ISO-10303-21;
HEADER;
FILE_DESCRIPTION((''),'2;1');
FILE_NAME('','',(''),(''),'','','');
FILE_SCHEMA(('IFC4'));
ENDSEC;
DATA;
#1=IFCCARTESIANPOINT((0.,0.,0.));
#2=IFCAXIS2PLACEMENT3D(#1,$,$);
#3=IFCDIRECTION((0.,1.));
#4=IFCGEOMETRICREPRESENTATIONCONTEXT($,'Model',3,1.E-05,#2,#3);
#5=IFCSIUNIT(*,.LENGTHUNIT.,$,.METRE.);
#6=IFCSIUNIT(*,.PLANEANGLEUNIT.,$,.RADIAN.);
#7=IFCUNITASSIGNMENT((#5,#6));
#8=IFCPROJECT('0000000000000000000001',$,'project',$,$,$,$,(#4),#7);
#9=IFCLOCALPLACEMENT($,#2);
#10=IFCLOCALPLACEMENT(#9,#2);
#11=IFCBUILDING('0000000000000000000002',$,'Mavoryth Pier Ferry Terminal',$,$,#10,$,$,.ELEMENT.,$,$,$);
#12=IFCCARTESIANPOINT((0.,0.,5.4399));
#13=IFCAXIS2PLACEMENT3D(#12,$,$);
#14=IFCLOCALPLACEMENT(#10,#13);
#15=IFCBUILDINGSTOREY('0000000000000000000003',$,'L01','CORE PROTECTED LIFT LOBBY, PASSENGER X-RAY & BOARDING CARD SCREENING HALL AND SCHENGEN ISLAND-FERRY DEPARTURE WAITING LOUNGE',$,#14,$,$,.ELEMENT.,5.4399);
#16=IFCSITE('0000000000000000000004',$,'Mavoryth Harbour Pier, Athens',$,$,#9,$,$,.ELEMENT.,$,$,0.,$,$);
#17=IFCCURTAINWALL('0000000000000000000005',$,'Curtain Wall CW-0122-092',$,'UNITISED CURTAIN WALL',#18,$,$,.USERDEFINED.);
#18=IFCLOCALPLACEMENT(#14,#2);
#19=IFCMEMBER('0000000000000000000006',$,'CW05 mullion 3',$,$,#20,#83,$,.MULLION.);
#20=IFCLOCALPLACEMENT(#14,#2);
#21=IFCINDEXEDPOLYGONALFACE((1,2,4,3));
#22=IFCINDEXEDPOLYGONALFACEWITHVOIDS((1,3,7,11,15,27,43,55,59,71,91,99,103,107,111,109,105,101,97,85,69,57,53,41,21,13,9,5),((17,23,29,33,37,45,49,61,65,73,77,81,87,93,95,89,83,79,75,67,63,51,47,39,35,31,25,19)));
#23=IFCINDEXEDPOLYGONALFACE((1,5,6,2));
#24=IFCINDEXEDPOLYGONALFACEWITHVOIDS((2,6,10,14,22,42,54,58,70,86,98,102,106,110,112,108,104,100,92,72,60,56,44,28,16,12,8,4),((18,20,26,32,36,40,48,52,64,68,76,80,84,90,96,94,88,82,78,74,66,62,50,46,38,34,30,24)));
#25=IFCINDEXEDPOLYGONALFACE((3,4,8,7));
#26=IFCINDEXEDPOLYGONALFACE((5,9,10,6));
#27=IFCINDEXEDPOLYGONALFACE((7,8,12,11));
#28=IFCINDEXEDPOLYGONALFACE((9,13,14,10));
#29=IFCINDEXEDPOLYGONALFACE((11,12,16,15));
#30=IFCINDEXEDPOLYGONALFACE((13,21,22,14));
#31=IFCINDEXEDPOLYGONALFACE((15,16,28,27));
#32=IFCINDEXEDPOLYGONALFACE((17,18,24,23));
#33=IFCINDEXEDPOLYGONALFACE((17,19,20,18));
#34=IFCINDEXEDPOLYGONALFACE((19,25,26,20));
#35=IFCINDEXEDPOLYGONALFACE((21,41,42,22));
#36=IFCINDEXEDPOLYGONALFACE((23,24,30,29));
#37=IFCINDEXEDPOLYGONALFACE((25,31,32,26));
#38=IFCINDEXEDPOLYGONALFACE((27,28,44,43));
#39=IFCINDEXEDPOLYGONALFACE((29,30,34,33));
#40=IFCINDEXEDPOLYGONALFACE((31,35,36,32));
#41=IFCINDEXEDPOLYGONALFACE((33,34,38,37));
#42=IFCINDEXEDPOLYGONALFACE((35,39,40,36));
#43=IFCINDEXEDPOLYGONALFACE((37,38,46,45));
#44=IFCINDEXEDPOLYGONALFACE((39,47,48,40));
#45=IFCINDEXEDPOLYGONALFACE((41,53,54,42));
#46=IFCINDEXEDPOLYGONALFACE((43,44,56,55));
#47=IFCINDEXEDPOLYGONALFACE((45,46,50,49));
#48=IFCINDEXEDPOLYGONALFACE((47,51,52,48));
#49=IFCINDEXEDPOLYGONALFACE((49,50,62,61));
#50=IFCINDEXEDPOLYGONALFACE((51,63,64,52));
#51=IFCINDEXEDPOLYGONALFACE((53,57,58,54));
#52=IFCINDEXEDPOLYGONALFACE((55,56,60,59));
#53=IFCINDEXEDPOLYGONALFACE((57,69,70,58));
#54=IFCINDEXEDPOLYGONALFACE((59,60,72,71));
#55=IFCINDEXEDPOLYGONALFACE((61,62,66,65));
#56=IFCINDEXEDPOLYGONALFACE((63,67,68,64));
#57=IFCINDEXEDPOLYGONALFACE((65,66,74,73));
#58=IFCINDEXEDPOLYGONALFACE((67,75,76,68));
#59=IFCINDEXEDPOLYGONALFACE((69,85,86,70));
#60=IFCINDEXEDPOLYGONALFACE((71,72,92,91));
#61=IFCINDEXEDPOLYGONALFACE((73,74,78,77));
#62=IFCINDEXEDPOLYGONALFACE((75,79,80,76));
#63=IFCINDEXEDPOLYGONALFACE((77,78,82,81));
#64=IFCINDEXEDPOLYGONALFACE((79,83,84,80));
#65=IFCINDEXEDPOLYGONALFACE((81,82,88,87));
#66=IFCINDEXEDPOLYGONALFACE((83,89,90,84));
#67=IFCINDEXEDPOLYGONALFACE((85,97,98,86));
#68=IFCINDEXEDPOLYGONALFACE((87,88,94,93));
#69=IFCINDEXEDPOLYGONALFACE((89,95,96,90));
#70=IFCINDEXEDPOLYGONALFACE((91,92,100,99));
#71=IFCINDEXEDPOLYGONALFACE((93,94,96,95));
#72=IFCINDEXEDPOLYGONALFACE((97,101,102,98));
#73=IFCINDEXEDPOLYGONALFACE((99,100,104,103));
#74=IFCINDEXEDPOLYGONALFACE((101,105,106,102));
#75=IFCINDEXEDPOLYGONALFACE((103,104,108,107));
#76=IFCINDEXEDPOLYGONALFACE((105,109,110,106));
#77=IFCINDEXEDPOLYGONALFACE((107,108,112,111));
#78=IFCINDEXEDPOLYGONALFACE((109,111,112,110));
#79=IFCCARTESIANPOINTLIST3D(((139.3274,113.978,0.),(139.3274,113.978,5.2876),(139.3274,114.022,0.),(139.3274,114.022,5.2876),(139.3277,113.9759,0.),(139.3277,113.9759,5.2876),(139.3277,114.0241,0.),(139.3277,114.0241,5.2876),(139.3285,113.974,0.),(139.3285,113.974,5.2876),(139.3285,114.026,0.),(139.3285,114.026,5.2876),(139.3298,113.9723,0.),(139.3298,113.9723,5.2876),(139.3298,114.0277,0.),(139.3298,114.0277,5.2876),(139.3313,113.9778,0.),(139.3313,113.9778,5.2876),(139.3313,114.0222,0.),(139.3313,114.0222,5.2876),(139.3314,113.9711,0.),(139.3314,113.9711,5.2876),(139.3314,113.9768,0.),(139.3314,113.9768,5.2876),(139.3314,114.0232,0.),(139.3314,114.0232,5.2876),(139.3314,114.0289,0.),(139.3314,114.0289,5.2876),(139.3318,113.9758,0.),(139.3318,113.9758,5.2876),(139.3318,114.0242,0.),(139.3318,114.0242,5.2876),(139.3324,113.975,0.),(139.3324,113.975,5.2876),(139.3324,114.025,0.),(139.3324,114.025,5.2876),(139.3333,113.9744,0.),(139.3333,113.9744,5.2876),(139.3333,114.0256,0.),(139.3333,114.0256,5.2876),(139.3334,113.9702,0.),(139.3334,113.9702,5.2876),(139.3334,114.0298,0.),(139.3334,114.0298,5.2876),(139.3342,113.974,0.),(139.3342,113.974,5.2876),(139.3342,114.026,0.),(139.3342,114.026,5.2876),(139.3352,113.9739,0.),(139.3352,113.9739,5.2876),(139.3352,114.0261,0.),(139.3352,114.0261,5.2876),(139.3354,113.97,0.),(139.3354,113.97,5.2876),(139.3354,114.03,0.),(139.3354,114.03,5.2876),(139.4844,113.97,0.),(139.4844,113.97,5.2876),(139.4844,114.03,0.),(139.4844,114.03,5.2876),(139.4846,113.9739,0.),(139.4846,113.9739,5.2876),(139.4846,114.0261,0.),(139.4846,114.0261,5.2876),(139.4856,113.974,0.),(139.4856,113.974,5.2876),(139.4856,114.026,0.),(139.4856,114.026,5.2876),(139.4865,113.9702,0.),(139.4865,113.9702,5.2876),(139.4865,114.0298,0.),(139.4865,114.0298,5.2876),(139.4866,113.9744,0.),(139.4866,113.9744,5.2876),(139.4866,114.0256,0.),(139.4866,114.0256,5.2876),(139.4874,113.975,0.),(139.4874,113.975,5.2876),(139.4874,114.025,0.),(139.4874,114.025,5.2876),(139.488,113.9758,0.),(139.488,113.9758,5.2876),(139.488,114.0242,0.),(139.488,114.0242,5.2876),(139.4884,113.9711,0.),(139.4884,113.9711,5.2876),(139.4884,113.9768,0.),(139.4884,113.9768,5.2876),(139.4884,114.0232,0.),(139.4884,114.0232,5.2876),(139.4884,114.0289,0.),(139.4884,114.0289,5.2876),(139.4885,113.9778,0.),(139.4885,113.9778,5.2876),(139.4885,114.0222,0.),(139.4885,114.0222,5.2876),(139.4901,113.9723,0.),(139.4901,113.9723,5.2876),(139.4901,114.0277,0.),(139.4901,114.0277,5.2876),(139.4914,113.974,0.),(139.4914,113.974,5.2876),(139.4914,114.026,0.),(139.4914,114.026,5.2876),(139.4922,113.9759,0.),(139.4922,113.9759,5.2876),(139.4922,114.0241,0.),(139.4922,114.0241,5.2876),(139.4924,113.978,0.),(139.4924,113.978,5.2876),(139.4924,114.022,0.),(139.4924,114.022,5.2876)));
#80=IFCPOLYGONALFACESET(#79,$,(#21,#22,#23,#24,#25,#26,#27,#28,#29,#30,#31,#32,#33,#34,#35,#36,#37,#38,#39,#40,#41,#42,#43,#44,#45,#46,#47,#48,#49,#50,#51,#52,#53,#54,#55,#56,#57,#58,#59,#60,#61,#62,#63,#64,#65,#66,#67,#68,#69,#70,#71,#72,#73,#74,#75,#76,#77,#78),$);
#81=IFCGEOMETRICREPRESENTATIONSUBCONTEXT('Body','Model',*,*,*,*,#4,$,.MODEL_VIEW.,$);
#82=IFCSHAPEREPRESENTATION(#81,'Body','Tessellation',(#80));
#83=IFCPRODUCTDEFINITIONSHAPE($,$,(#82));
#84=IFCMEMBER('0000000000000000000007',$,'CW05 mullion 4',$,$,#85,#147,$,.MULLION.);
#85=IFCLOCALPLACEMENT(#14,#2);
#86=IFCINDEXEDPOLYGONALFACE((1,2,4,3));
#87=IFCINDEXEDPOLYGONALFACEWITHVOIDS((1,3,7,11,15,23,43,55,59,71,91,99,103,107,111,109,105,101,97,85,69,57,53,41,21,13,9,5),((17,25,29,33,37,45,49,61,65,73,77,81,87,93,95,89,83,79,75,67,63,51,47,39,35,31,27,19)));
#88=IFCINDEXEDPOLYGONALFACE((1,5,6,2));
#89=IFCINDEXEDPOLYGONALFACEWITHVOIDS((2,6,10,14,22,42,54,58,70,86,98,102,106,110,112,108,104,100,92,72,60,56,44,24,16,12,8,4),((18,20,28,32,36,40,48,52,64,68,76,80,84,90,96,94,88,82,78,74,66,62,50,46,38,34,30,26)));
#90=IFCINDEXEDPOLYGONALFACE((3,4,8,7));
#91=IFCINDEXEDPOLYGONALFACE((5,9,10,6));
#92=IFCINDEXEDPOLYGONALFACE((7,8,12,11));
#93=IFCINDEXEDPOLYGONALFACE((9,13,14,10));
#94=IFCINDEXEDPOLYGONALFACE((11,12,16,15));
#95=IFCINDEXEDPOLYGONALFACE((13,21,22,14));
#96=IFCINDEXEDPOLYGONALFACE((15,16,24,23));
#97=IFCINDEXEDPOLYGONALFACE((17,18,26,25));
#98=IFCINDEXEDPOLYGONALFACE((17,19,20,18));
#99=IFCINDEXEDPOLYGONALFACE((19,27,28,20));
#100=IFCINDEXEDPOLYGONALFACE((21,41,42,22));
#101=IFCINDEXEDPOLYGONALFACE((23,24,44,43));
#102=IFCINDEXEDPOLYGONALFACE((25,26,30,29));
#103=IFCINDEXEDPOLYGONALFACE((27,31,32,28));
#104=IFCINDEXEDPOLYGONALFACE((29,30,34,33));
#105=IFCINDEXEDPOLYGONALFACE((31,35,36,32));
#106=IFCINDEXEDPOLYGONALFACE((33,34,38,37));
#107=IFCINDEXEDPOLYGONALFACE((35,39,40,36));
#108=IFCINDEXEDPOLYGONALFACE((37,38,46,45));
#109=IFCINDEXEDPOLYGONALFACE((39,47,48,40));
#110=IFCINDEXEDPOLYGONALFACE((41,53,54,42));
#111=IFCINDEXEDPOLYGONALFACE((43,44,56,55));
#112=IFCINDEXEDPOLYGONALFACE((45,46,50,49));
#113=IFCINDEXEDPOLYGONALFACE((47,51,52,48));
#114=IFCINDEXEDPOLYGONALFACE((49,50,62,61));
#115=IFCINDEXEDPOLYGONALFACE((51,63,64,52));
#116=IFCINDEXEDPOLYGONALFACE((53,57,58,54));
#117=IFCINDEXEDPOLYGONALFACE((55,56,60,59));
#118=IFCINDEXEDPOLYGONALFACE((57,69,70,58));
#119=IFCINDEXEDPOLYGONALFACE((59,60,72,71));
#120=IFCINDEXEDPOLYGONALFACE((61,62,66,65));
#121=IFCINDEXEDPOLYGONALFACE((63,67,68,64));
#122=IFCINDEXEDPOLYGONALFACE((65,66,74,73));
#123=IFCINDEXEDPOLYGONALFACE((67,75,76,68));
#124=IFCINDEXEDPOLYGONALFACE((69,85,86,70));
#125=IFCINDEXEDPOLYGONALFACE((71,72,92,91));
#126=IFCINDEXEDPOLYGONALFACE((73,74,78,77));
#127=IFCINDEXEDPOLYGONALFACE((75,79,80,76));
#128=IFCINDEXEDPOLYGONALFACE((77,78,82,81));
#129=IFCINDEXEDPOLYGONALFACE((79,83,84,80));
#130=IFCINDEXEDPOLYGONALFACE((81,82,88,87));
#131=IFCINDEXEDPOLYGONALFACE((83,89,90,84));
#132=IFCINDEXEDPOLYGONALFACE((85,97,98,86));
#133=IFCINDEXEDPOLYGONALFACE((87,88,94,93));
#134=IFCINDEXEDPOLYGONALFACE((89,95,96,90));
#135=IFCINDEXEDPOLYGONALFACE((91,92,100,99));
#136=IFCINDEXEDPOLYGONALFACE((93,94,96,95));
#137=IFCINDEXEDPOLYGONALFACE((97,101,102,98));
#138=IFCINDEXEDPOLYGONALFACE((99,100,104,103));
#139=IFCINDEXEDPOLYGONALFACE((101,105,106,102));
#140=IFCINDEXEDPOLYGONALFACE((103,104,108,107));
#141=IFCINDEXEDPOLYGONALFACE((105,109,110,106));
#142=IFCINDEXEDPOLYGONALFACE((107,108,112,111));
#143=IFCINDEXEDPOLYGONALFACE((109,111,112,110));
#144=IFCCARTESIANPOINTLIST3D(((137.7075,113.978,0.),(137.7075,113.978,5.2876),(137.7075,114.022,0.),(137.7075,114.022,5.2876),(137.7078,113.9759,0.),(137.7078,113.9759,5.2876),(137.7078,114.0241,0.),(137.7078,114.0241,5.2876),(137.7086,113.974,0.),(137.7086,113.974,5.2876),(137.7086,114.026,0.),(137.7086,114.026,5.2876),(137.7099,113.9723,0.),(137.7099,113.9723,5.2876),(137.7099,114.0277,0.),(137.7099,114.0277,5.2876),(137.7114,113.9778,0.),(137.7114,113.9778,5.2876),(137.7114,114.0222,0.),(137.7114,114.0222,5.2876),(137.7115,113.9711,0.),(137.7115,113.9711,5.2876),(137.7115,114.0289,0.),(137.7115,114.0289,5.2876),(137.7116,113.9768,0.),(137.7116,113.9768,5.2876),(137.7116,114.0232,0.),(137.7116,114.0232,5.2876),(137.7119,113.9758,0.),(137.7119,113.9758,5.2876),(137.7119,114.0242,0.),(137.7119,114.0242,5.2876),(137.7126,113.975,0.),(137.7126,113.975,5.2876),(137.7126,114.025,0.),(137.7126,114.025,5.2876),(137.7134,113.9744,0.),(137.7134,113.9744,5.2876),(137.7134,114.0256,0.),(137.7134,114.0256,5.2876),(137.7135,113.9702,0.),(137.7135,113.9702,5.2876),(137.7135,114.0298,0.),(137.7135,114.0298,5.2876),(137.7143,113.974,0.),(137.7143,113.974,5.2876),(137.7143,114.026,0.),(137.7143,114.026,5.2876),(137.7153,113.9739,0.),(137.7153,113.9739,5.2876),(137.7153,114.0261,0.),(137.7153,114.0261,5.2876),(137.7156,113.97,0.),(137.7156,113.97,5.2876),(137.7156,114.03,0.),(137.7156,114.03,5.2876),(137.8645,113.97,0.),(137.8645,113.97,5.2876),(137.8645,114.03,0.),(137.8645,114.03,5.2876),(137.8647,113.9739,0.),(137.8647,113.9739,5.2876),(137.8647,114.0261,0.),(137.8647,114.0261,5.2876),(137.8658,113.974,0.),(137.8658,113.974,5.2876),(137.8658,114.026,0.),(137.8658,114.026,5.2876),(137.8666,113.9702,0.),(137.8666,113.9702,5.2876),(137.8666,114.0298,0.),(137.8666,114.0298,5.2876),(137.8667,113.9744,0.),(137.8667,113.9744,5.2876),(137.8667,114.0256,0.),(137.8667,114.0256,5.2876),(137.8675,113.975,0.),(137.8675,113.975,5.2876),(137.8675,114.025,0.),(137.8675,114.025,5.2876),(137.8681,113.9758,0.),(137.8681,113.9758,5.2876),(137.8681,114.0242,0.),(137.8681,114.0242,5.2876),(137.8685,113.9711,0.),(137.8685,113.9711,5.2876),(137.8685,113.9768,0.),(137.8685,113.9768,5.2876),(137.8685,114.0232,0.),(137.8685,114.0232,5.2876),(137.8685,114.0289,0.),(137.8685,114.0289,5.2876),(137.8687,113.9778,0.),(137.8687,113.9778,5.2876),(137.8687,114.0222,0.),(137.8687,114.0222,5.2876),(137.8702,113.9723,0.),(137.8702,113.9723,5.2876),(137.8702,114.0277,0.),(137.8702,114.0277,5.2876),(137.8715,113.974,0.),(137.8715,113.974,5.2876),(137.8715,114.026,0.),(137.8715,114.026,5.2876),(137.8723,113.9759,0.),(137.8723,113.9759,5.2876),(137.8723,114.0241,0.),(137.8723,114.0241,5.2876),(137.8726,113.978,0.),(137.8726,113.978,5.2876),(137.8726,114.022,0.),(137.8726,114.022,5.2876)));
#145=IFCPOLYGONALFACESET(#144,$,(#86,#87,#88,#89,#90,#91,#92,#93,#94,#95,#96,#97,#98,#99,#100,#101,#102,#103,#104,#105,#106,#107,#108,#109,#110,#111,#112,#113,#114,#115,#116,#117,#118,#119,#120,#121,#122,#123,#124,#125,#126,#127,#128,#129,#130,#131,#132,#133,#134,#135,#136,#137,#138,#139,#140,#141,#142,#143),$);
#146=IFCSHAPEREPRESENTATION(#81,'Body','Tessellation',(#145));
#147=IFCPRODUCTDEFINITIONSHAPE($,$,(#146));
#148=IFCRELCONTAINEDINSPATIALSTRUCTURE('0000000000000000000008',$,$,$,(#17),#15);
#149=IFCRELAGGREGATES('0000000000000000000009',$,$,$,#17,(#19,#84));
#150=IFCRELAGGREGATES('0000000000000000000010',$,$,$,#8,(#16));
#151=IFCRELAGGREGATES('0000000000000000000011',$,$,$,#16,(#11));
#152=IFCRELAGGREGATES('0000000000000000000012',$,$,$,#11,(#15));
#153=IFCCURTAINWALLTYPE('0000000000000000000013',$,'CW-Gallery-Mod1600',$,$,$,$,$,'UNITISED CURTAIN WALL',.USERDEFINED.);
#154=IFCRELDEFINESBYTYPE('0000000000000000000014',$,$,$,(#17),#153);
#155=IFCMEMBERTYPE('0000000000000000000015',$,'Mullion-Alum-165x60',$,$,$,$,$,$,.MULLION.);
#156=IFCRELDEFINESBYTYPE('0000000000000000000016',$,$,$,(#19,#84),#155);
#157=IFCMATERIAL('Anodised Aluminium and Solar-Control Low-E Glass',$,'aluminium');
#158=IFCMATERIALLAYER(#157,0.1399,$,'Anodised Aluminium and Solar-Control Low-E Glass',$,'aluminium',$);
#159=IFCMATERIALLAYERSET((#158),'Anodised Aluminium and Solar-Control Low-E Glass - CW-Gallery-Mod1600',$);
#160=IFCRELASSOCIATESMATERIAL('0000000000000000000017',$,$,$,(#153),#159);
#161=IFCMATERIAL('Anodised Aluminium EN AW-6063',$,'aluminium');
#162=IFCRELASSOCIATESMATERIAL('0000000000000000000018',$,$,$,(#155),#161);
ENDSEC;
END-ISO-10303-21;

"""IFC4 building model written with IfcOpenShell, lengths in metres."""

from ifc_helpers import new_model, si_unit, direction, frame, origin, origin_2d, place, context, subcontext, project, spatial, hollow_rectangle, extrude, material, layer, layer_set, material_profile, profile_set, type_object, element, aggregate, save


model = new_model("IFC4")

# Units and contexts
model_context = context("Model", 3, precision=1e-05, world=origin(), true_north=direction((0.0, 1.0)))
body_context = subcontext(model_context, "Body", "Model", "MODEL_VIEW")
ifc_project = project(units=[si_unit("LENGTHUNIT", "METRE"), si_unit("PLANEANGLEUNIT", "RADIAN")], contexts=[model_context])

# Site, building, storey
site_placement = place(None, origin())
site = spatial("IfcSite", under=ifc_project, at=site_placement, Name="Mavoryth Harbour Pier, Athens", CompositionType="ELEMENT", RefElevation=0.0)
building_placement = place(site_placement, origin())
building = spatial("IfcBuilding", under=site, at=building_placement, Name="Mavoryth Pier Ferry Terminal", CompositionType="ELEMENT")
storey_placement = place(building_placement, frame((0.0, 0.0, 5.4399)))
storey = spatial("IfcBuildingStorey", under=building, at=storey_placement, Name="L01", Description="CORE PROTECTED LIFT LOBBY, PASSENGER X-RAY & BOARDING CARD SCREENING HALL AND SCHENGEN ISLAND-FERRY DEPARTURE WAITING LOUNGE", CompositionType="ELEMENT", Elevation=5.4399)

# Curtain wall, members
ifc_material_1 = material(Name="Anodised Aluminium and Solar-Control Low-E Glass", Category="aluminium")
ifc_layer_1 = layer(ifc_material_1, 0.1399, Name="Anodised Aluminium and Solar-Control Low-E Glass", Category="aluminium")
ifc_layer_set_1 = layer_set([ifc_layer_1], Name="Anodised Aluminium and Solar-Control Low-E Glass - CW-Gallery-Mod1600")
curtain_wall_type = type_object("IfcCurtainWallType", Name="CW-Gallery-Mod1600", ElementType="UNITISED CURTAIN WALL", PredefinedType="USERDEFINED", material=ifc_layer_set_1)
curtain_wall_placement = place(storey_placement, origin())
curtain_wall = element("IfcCurtainWall", 1, at=curtain_wall_placement, inside=storey, type_object=curtain_wall_type, Name="Curtain Wall CW-0122-092", ObjectType="UNITISED CURTAIN WALL", PredefinedType="USERDEFINED")
ifc_material_2 = material(Name="Anodised Aluminium EN AW-6063", Category="aluminium")
ifc_material_profile_1 = material_profile(ifc_material_2, hollow_rectangle(XDim=0.0601, YDim=0.165, WallThickness=0.0039, InnerFilletRadius=0.0039, OuterFilletRadius=0.0081, at=origin_2d()), Name="AL-MULL 165x60x4", Category="aluminium")
ifc_profile_set_1 = profile_set([ifc_material_profile_1], Name="Anodised Aluminium EN AW-6063 - AL-MULL 165x60x4")
member_type_1 = type_object("IfcMemberType", Name="Mullion-Alum-165x60", PredefinedType="MULLION", material=ifc_profile_set_1)
member_1_placement = place(storey_placement, frame((139.4099, 114.0, 0.0), z_axis=(0.0, 0.0, 1.0), x_axis=(0.0, -1.0, 0.0)))
member_1 = element("IfcMember", 2, at=member_1_placement, type_object=member_type_1, Name="CW05 mullion 3", PredefinedType="MULLION", context=body_context, shape_type="SweptSolid", body=[
    extrude(hollow_rectangle(XDim=0.0601, YDim=0.165, WallThickness=0.0039, InnerFilletRadius=0.0039, OuterFilletRadius=0.0081, at=origin_2d()), origin(), (0.0, 0.0, 1.0), 5.2876),
])
member_2_placement = place(storey_placement, frame((137.79, 114.0, 0.0), z_axis=(0.0, 0.0, 1.0), x_axis=(0.0, -1.0, 0.0)))
member_2 = element("IfcMember", 3, at=member_2_placement, type_object=member_type_1, Name="CW05 mullion 4", PredefinedType="MULLION", context=body_context, shape_type="SweptSolid", body=[
    extrude(hollow_rectangle(XDim=0.0601, YDim=0.165, WallThickness=0.0039, InnerFilletRadius=0.0039, OuterFilletRadius=0.0081, at=origin_2d()), origin(), (0.0, 0.0, 1.0), 5.2876),
])
aggregate(curtain_wall, [member_1, member_2])

save(model, "model.ifc")
